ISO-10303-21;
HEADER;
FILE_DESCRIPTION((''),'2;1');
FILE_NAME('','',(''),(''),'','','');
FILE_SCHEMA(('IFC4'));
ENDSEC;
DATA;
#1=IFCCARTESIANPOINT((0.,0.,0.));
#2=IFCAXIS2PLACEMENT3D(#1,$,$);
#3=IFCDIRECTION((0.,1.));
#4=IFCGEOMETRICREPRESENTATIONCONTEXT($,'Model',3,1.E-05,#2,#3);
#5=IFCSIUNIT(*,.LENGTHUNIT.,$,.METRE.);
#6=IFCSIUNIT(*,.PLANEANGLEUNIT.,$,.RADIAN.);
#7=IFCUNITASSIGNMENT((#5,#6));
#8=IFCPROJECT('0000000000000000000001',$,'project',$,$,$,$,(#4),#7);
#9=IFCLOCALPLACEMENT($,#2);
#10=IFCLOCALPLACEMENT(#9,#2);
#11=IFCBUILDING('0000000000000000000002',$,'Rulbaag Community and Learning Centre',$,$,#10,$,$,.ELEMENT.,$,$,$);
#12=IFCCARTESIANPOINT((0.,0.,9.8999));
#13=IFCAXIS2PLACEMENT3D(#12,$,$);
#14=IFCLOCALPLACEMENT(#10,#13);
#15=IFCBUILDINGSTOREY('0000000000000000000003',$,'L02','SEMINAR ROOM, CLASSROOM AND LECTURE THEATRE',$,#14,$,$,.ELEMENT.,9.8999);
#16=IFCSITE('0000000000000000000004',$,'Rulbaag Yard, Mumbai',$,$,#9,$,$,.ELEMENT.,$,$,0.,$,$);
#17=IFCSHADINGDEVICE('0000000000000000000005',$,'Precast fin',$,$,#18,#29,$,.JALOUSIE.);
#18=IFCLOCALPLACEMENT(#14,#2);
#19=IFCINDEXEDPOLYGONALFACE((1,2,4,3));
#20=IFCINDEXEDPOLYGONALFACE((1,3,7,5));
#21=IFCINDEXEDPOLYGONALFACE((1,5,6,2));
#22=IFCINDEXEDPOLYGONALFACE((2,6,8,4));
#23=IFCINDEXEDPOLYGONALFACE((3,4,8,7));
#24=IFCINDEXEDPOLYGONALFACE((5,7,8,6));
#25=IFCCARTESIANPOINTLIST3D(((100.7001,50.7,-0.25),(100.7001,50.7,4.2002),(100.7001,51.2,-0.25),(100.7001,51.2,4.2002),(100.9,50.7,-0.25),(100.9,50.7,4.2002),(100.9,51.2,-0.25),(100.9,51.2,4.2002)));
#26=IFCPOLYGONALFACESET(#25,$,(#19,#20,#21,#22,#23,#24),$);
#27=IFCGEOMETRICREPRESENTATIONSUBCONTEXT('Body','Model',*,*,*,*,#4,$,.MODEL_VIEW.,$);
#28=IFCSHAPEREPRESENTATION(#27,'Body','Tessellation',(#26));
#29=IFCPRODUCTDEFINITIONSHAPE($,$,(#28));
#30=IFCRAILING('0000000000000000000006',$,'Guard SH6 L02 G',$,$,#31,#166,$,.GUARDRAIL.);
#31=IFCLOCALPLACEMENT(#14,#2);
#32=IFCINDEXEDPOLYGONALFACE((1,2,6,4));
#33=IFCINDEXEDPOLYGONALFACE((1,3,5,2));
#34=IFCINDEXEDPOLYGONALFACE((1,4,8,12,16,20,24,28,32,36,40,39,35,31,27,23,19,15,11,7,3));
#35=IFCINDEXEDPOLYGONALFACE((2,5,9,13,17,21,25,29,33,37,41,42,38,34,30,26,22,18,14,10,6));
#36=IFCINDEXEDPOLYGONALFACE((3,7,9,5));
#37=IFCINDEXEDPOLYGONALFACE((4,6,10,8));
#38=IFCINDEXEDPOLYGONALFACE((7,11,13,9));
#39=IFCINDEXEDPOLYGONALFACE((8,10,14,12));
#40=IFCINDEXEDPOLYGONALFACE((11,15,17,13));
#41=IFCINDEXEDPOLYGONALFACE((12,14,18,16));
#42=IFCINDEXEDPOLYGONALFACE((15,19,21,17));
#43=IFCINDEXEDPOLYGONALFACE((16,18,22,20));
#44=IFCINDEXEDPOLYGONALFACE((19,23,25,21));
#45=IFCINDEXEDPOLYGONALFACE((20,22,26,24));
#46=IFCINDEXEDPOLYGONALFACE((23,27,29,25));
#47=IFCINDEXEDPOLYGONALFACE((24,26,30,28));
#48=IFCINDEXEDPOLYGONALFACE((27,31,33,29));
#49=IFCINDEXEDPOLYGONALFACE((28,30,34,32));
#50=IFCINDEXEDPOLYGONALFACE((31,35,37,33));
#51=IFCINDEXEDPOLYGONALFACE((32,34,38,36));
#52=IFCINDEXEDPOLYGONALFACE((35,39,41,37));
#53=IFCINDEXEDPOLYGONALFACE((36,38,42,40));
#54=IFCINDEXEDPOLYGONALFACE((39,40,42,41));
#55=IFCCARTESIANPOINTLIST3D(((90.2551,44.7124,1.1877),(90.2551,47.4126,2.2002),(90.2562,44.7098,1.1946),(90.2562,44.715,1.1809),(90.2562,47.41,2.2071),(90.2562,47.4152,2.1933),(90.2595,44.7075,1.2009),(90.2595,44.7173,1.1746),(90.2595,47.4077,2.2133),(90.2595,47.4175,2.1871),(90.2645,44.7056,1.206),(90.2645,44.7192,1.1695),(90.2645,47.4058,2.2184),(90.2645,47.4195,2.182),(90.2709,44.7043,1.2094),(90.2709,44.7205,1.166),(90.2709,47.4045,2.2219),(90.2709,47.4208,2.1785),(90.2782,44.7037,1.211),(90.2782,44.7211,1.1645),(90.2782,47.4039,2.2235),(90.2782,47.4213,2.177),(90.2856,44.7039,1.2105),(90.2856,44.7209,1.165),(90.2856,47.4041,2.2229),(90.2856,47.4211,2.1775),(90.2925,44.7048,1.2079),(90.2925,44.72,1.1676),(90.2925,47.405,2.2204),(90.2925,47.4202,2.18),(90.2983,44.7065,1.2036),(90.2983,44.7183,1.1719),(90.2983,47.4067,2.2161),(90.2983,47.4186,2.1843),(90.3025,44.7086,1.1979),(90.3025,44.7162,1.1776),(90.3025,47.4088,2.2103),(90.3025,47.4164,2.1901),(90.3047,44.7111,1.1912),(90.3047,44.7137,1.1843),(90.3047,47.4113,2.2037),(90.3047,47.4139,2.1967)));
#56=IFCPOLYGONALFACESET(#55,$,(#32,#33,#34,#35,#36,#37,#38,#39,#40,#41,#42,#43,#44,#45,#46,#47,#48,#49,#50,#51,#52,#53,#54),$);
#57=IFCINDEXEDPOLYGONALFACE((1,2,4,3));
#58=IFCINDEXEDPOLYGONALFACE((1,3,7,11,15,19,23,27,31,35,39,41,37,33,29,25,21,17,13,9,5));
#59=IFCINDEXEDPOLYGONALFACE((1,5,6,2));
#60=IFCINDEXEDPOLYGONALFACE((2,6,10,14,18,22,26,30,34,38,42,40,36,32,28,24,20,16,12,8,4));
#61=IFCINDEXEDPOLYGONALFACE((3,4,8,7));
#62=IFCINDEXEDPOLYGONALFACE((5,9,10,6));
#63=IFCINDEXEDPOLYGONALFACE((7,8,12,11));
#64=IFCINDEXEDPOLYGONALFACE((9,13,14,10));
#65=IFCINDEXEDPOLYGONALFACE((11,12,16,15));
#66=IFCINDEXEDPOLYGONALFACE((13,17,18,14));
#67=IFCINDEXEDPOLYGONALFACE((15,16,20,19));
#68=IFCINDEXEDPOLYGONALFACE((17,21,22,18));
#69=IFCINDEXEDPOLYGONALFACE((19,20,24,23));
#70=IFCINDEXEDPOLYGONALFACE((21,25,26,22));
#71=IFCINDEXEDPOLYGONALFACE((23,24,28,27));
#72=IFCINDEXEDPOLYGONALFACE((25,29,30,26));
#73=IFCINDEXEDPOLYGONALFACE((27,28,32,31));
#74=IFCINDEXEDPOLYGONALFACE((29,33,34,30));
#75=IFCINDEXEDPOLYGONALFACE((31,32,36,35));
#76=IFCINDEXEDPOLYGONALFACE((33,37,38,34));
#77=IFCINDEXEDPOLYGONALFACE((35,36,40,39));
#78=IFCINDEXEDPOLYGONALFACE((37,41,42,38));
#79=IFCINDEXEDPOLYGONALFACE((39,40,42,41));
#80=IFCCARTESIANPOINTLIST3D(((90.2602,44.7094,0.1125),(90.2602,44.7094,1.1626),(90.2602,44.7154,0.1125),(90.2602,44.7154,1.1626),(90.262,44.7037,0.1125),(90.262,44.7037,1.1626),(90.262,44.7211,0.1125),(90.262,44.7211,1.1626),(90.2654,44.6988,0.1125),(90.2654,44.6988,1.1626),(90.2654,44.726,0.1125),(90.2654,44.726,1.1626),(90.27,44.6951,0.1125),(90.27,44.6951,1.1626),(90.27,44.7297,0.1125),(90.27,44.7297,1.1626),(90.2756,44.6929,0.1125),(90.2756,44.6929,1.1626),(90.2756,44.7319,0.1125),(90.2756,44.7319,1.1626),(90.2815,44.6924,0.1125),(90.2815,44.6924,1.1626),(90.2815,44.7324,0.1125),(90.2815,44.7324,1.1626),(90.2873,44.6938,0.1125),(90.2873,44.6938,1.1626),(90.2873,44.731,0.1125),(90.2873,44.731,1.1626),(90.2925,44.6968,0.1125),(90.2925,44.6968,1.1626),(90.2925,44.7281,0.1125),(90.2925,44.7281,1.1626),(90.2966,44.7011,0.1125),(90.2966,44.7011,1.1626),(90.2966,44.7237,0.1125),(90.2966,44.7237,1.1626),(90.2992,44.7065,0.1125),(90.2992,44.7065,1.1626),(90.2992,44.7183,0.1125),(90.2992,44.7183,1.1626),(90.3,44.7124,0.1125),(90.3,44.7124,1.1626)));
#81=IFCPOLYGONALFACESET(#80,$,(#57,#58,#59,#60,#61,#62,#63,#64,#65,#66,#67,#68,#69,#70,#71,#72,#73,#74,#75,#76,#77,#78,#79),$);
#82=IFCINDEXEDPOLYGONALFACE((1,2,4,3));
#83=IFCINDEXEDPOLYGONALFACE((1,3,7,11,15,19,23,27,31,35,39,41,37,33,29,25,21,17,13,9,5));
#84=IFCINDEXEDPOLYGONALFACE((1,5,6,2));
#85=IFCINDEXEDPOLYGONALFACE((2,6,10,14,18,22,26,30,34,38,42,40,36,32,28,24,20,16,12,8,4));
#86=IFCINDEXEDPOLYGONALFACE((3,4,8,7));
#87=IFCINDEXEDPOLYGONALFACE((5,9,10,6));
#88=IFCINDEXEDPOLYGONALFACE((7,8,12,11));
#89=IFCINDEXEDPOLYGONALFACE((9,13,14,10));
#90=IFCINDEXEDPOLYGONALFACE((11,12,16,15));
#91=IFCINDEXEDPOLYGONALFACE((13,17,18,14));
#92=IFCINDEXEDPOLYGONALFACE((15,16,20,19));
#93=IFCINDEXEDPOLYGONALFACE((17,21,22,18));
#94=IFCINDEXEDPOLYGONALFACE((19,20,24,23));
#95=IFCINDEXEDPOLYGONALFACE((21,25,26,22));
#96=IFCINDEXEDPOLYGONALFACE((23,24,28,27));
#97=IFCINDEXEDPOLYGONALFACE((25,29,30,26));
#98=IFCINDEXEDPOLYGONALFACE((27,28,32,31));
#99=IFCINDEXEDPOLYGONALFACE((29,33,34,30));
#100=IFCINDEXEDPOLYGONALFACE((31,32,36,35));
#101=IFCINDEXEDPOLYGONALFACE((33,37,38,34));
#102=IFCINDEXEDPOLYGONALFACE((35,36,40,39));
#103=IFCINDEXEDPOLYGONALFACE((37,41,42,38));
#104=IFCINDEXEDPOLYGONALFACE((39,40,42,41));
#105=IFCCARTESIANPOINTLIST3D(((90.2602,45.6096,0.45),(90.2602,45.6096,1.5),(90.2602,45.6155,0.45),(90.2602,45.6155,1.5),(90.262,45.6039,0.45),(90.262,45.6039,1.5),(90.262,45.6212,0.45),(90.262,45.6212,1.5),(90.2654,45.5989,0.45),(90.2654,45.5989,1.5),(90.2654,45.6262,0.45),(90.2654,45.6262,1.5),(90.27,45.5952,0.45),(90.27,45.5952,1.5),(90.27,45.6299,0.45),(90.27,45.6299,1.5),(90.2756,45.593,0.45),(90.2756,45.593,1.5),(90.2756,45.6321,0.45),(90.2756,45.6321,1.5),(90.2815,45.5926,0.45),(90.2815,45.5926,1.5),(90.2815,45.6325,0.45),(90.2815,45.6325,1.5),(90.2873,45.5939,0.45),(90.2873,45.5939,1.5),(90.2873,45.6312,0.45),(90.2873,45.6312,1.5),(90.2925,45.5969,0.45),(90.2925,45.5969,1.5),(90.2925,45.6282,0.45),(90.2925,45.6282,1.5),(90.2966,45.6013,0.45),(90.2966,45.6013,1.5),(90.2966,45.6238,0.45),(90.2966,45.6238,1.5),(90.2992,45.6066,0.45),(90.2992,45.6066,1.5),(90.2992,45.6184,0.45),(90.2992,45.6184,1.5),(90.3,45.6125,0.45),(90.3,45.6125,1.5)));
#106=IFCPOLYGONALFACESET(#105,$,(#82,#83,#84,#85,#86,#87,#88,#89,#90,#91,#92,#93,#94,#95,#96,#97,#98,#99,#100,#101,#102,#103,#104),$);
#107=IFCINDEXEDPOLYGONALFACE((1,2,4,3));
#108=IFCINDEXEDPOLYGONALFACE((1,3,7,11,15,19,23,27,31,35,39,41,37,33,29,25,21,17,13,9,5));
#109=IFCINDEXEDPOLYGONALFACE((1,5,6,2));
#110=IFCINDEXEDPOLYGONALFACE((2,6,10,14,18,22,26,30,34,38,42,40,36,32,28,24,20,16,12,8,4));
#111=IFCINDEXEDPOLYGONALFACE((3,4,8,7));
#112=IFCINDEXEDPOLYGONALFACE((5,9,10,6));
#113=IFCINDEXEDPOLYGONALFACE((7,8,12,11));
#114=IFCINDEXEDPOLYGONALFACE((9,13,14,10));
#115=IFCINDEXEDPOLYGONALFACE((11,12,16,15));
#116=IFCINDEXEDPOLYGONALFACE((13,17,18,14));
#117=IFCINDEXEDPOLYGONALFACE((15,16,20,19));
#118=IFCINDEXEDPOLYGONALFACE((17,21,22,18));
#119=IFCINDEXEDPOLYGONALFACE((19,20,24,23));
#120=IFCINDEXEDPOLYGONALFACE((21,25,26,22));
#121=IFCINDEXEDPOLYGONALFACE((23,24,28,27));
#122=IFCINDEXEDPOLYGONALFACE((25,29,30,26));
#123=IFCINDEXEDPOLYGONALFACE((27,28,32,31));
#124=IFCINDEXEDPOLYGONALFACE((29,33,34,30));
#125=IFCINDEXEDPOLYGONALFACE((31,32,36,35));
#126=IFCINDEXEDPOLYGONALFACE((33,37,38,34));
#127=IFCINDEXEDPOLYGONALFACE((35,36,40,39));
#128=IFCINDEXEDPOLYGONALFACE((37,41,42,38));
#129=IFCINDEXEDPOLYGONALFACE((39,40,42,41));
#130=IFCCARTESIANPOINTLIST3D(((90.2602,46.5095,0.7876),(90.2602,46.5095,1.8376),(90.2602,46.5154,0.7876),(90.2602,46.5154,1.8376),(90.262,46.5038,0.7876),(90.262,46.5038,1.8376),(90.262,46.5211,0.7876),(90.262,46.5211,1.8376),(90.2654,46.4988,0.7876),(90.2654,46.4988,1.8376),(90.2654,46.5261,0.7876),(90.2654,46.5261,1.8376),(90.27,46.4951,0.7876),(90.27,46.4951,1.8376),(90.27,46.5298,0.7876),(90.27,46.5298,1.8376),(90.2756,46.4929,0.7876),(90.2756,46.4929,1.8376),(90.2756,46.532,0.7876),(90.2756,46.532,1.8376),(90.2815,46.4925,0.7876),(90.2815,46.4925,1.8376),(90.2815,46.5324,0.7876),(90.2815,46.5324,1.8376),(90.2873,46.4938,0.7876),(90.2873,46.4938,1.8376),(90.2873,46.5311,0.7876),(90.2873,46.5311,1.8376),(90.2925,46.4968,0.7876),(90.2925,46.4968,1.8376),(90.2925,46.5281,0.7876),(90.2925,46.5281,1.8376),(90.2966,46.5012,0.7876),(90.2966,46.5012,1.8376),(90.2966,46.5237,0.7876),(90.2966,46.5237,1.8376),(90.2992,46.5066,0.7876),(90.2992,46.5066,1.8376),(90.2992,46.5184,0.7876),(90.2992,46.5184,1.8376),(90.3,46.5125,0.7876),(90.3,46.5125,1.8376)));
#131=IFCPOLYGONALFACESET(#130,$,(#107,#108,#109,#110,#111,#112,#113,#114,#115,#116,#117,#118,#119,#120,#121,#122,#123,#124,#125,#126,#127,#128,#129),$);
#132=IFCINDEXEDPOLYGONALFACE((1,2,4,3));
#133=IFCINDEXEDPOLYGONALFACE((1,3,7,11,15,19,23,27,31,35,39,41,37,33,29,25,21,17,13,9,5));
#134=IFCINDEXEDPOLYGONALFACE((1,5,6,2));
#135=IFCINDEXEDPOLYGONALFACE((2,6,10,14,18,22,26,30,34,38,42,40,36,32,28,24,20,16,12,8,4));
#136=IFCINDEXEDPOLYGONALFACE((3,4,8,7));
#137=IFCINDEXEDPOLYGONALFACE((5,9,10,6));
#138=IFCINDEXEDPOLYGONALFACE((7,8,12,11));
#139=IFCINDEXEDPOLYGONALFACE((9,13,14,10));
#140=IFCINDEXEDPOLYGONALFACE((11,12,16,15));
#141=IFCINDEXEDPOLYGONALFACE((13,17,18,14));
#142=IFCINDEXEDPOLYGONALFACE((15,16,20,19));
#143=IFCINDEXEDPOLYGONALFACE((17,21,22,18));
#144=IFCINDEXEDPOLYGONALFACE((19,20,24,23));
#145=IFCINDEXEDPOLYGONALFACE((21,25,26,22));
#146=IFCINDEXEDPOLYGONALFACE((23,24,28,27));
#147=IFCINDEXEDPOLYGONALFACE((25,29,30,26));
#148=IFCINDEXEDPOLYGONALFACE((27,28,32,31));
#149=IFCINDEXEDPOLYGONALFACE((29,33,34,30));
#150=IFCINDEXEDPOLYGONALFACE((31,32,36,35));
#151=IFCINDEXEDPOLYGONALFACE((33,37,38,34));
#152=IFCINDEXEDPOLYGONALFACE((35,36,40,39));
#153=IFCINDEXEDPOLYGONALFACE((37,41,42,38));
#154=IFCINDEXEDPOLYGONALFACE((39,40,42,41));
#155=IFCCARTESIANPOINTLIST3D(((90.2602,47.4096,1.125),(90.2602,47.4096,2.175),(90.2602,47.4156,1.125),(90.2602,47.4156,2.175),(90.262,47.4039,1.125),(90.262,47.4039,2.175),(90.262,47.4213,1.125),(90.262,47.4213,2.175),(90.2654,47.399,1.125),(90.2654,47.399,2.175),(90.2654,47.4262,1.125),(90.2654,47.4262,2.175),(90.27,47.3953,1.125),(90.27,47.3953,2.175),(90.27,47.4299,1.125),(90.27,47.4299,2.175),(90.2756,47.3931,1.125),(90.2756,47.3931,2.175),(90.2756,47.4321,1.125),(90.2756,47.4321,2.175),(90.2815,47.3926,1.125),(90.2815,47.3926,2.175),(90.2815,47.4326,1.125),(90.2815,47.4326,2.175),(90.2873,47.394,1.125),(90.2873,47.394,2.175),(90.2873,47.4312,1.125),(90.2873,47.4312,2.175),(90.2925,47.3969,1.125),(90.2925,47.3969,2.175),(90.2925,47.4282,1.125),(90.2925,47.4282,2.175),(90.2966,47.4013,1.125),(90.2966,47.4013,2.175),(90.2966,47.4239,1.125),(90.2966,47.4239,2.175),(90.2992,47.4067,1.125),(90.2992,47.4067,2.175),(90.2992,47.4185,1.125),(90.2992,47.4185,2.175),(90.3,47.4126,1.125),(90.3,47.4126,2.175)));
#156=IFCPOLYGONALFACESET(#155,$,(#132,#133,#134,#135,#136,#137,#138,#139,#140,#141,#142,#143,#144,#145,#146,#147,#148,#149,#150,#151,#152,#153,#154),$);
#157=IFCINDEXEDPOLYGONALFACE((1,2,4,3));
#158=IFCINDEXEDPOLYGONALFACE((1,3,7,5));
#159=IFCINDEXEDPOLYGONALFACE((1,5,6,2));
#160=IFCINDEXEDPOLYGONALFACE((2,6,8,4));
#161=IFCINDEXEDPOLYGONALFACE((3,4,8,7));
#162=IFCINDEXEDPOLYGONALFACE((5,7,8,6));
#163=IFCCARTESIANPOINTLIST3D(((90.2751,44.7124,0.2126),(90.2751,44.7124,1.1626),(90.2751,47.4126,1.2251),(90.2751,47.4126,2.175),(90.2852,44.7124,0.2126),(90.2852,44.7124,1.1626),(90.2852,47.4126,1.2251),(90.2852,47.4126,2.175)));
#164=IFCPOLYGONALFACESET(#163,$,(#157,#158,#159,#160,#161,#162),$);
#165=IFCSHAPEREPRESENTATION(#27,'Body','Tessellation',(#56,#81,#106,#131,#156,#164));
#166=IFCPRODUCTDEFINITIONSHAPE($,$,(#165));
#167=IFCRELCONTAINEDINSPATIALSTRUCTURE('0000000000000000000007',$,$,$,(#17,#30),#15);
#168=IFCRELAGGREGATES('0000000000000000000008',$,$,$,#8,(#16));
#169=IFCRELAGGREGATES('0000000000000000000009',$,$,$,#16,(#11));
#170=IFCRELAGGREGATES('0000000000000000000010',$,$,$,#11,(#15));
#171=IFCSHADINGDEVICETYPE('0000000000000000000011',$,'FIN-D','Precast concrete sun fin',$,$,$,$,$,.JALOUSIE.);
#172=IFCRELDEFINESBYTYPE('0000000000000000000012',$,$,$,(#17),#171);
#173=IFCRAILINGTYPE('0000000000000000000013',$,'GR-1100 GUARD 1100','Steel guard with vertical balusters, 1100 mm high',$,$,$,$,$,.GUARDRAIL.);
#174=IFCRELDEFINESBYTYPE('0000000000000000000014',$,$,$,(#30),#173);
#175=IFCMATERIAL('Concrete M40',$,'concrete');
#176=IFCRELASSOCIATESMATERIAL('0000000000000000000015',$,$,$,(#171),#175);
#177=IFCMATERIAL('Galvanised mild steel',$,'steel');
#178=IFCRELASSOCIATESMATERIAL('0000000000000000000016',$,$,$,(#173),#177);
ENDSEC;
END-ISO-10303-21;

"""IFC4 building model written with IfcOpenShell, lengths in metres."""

from ifc_helpers import new_model, si_unit, direction, frame, origin, origin_2d, place, context, subcontext, project, spatial, polyline, rectangle, circle, outline, extrude, material, material_profile, profile_set, type_object, element, save


model = new_model("IFC4")

# Units and contexts
model_context = context("Model", 3, precision=1e-05, world=origin(), true_north=direction((0.0, 1.0)))
body_context = subcontext(model_context, "Body", "Model", "MODEL_VIEW")
ifc_project = project(units=[si_unit("LENGTHUNIT", "METRE"), si_unit("PLANEANGLEUNIT", "RADIAN")], contexts=[model_context])

# Site, building, storey
site_placement = place(None, origin())
site = spatial("IfcSite", under=ifc_project, at=site_placement, Name="Rulbaag Yard, Mumbai", CompositionType="ELEMENT", RefElevation=0.0)
building_placement = place(site_placement, origin())
building = spatial("IfcBuilding", under=site, at=building_placement, Name="Rulbaag Community and Learning Centre", CompositionType="ELEMENT")
storey_placement = place(building_placement, frame((0.0, 0.0, 9.8999)))
storey = spatial("IfcBuildingStorey", under=building, at=storey_placement, Name="L02", Description="SEMINAR ROOM, CLASSROOM AND LECTURE THEATRE", CompositionType="ELEMENT", Elevation=9.8999)

# Shared definitions
ifc_material_1 = material(Name="Concrete M40", Category="concrete")

# Shading device
ifc_material_profile_1 = material_profile(ifc_material_1, rectangle(XDim=0.2, YDim=0.5, at=origin_2d()), Name="PC 200x500")
ifc_profile_set_1 = profile_set([ifc_material_profile_1], Name="Concrete M40")
shading_device_type = type_object("IfcShadingDeviceType", Name="FIN-D", Description="Precast concrete sun fin", PredefinedType="JALOUSIE", material=ifc_profile_set_1)
shading_device_placement = place(storey_placement, frame((100.8, 50.95, -0.25), z_axis=(0.0, 0.0, 1.0), x_axis=(1.0, 0.0, 0.0)))
element("IfcShadingDevice", 1, at=shading_device_placement, inside=storey, type_object=shading_device_type, Name="Precast fin", PredefinedType="JALOUSIE", context=body_context, shape_type="SweptSolid", body=[
    extrude(rectangle(XDim=0.2, YDim=0.5, at=origin_2d()), origin(), (0.0, 0.0, 1.0), 4.4502),
])

# Railing
ifc_material_2 = material(Name="Galvanised mild steel", Category="steel")
railing_type_1 = type_object("IfcRailingType", Name="GR-1100 GUARD 1100", Description="Steel guard with vertical balusters, 1100 mm high", PredefinedType="GUARDRAIL", material=ifc_material_2)
railing_1_placement = place(storey_placement, frame((90.28, 44.7124, 0.1125)))
element("IfcRailing", 2, at=railing_1_placement, inside=storey, type_object=railing_type_1, Name="Guard SH6 L02 G", PredefinedType="GUARDRAIL", context=body_context, shape_type="SweptSolid", body=[
    extrude(circle(Radius=0.0249, at=origin_2d()), frame((0.0, 0.0, 1.0752), z_axis=(0.0, 0.936343, 0.351086), x_axis=(-1.0, 0.0, 0.0)), (0.0, 0.0, 1.0), 2.8838),
    extrude(circle(Radius=0.02, at=origin_2d()), origin(), (0.0, 0.0, 1.0), 1.05),
    extrude(circle(Radius=0.02, at=origin_2d()), frame((0.0, 0.9001, 0.3374)), (0.0, 0.0, 1.0), 1.05),
    extrude(circle(Radius=0.02, at=origin_2d()), frame((0.0, 1.8, 0.675)), (0.0, 0.0, 1.0), 1.05),
    extrude(circle(Radius=0.02, at=origin_2d()), frame((0.0, 2.7002, 1.0125)), (0.0, 0.0, 1.0), 1.05),
    extrude(outline(polyline([(0.0, 0.0), (2.7002, 1.0125), (2.7002, 1.9624), (0.0, 0.95), (0.0, 0.0)])), frame((-0.0049, 0.0, 0.1001), z_axis=(1.0, 0.0, 0.0), x_axis=(0.0, 1.0, 0.0)), (0.0, 0.0, 1.0), 0.01),
])

save(model, "model.ifc")
